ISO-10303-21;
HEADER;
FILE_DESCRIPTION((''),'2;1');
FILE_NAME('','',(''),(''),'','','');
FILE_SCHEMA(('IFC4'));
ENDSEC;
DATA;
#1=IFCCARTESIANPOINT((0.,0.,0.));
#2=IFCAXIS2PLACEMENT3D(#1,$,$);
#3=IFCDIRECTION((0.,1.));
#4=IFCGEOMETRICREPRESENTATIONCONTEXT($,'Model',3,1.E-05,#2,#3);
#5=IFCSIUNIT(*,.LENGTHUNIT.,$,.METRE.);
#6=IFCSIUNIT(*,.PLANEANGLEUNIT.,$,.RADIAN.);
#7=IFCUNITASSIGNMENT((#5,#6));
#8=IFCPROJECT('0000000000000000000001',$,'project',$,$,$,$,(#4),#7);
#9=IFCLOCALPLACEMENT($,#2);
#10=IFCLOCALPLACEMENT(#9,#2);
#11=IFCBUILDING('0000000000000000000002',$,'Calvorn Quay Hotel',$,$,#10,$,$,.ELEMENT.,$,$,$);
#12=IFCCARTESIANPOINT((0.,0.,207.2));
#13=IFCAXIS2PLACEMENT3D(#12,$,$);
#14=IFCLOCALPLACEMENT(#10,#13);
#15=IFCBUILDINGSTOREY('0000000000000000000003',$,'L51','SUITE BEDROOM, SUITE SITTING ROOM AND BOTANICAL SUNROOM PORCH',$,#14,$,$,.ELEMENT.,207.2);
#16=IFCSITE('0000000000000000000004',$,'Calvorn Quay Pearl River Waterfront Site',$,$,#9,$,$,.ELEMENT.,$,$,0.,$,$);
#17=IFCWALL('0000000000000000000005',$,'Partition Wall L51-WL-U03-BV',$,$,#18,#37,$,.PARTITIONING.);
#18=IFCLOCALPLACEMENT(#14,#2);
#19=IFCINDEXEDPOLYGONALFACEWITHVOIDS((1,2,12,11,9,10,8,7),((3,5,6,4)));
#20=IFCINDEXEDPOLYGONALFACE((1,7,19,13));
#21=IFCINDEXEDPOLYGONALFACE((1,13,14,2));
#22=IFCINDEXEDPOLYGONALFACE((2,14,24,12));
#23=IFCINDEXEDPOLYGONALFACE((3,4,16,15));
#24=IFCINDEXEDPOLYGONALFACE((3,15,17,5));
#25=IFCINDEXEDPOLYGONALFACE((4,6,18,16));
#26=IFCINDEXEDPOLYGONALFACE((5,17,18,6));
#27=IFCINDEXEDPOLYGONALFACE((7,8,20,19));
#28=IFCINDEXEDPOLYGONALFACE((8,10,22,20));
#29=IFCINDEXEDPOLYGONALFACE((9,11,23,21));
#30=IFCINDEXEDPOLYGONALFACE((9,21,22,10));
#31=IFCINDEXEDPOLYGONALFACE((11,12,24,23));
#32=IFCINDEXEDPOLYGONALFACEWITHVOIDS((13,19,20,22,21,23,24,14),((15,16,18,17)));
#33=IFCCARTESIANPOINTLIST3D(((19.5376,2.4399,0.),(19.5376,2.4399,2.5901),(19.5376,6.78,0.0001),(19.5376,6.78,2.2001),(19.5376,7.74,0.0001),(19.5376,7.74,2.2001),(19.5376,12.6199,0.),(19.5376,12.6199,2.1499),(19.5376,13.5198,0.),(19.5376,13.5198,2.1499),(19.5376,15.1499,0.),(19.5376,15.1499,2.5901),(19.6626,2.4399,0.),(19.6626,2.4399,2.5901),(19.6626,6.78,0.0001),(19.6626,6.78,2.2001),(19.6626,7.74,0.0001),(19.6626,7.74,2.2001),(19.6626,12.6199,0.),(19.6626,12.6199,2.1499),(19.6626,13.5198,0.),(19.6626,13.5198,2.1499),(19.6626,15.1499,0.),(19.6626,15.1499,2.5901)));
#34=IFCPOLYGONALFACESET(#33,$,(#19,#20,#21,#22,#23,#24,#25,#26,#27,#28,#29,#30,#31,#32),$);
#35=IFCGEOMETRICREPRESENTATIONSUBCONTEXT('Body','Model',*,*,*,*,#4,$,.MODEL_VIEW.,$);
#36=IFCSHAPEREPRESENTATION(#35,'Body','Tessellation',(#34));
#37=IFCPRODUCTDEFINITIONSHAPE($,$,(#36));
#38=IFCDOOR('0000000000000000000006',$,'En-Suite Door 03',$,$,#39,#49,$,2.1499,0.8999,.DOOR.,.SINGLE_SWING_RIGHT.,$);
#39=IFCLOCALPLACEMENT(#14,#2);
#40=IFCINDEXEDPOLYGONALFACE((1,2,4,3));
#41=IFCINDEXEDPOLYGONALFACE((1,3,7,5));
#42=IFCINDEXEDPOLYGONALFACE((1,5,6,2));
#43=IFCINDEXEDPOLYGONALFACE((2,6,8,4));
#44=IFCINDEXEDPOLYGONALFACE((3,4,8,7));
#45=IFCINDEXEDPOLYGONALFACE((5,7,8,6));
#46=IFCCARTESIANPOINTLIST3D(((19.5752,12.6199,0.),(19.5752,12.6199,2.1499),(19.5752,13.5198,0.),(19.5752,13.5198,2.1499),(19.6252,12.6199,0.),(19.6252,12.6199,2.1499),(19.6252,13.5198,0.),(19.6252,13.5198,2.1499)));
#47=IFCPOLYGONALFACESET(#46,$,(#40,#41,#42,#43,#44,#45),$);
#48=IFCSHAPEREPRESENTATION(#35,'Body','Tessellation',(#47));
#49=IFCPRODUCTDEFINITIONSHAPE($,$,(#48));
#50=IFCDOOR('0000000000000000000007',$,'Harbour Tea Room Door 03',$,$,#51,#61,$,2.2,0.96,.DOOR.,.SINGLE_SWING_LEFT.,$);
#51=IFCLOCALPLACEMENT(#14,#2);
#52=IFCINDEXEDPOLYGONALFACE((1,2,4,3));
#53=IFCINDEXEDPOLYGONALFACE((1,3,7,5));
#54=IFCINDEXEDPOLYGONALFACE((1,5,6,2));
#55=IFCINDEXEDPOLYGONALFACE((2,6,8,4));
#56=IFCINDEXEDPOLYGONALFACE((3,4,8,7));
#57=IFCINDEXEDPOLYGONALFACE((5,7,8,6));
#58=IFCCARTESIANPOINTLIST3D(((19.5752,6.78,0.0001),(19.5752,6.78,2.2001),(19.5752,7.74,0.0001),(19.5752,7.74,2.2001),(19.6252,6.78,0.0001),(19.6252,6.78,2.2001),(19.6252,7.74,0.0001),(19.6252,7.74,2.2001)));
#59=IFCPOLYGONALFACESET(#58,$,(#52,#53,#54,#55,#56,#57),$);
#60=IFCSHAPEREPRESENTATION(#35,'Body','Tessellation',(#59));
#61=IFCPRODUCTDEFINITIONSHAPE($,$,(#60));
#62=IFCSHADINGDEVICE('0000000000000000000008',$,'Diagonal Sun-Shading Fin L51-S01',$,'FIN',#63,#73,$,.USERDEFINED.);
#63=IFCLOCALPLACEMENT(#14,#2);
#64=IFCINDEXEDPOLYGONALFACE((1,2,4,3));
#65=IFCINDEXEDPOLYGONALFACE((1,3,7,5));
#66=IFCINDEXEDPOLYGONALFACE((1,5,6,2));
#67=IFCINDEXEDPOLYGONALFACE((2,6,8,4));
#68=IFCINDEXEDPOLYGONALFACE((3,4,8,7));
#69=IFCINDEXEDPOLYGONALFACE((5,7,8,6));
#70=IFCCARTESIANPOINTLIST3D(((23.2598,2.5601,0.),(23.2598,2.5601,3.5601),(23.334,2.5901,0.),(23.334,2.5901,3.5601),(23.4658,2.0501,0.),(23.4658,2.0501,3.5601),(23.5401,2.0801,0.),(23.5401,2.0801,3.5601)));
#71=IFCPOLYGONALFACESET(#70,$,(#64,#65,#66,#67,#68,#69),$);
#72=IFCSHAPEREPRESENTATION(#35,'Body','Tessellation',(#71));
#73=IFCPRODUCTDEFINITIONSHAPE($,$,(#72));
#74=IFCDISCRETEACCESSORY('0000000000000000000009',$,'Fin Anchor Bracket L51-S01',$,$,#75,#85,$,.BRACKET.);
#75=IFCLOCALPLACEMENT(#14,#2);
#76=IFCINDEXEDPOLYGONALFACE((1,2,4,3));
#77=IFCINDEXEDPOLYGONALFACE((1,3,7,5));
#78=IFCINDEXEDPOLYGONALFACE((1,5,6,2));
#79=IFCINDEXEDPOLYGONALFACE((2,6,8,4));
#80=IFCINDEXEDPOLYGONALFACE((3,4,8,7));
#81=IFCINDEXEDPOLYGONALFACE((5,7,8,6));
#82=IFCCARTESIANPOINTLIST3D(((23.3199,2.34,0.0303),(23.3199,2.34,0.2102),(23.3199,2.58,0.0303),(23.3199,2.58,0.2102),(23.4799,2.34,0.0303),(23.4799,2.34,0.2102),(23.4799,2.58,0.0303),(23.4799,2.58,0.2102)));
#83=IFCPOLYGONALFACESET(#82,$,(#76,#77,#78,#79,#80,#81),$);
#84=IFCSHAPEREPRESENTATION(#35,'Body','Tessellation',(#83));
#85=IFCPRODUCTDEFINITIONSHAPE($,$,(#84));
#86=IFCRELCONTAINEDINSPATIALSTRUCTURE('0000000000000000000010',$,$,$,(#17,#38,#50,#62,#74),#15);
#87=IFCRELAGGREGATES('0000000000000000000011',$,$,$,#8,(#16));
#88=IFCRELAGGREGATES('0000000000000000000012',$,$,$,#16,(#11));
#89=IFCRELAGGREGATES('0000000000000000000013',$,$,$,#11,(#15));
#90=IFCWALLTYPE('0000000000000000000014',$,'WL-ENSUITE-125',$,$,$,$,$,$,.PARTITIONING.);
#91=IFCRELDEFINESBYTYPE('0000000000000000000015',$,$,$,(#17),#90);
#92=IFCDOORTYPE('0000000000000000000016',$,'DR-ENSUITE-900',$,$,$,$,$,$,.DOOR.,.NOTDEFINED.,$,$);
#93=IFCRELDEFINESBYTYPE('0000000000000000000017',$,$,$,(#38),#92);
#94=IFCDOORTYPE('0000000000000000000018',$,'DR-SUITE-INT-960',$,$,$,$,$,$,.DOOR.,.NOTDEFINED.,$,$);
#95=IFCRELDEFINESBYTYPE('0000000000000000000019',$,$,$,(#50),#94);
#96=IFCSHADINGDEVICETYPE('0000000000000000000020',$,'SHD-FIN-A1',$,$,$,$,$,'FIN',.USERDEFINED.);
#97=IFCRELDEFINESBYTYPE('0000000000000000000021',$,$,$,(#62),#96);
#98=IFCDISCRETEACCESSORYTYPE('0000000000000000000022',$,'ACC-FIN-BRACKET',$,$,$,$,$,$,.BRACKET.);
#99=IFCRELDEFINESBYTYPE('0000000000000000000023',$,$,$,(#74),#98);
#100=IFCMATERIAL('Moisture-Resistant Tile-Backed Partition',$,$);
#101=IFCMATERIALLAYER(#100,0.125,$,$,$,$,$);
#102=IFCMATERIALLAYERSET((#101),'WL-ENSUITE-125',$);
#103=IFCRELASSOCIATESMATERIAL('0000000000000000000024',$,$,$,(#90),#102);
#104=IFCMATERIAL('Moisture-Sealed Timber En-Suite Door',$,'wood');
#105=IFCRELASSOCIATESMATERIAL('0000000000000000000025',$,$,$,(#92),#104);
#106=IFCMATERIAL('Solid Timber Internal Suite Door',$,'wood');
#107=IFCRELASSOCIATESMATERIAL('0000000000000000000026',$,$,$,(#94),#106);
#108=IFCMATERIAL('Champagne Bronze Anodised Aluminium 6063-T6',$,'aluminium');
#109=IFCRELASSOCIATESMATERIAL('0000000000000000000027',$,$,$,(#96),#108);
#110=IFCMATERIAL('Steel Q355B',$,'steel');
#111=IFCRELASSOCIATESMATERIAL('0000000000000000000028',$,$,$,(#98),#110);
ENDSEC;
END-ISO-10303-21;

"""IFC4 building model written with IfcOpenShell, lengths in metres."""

from ifc_helpers import new_model, si_unit, direction, frame, frame_2d, origin, origin_2d, place, context, subcontext, project, spatial, rectangle, extrude, material, layer, layer_set, type_object, element, fill, save


model = new_model("IFC4")

# Units and contexts
model_context = context("Model", 3, precision=1e-05, world=origin(), true_north=direction((0.0, 1.0)))
body_context = subcontext(model_context, "Body", "Model", "MODEL_VIEW")
ifc_project = project(units=[si_unit("LENGTHUNIT", "METRE"), si_unit("PLANEANGLEUNIT", "RADIAN")], contexts=[model_context])

# Site, building, storey
site_placement = place(None, origin())
site = spatial("IfcSite", under=ifc_project, at=site_placement, Name="Calvorn Quay Pearl River Waterfront Site", CompositionType="ELEMENT", RefElevation=0.0)
building_placement = place(site_placement, origin())
building = spatial("IfcBuilding", under=site, at=building_placement, Name="Calvorn Quay Hotel", CompositionType="ELEMENT")
storey_placement = place(building_placement, frame((0.0, 0.0, 207.2)))
storey = spatial("IfcBuildingStorey", under=building, at=storey_placement, Name="L51", Description="SUITE BEDROOM, SUITE SITTING ROOM AND BOTANICAL SUNROOM PORCH", CompositionType="ELEMENT", Elevation=207.2)

# Wall, openings, doors
ifc_material_1 = material(Name="Moisture-Resistant Tile-Backed Partition")
ifc_layer_1 = layer(ifc_material_1, 0.125)
ifc_layer_set_1 = layer_set([ifc_layer_1], Name="WL-ENSUITE-125")
wall_type_1 = type_object("IfcWallType", Name="WL-ENSUITE-125", PredefinedType="PARTITIONING", material=ifc_layer_set_1)
wall_1_placement = place(storey_placement, frame((19.6001, 2.4399, 0.0), z_axis=(0.0, 0.0, 1.0), x_axis=(0.0, 1.0, 0.0)))
wall_1 = element("IfcWall", 1, at=wall_1_placement, inside=storey, type_object=wall_type_1, Name="Partition Wall L51-WL-U03-BV", PredefinedType="PARTITIONING", context=body_context, shape_type="SweptSolid", body=[
    extrude(rectangle(XDim=12.71, YDim=0.125, at=frame_2d((6.355, 0.0))), origin(), (0.0, 0.0, 1.0), 2.5901),
])
opening_1_placement = place(wall_1_placement, frame((4.3401, 0.0, 0.0)))
opening_1 = element("IfcOpeningElement", 2, at=opening_1_placement, cuts=wall_1, PredefinedType="OPENING", context=body_context, shape_type="SweptSolid", body=[
    extrude(rectangle(XDim=0.96, YDim=2.2, at=frame_2d((0.48, 1.1001))), frame((0.0, 0.0725, 0.0), z_axis=(0.0, -1.0, 0.0), x_axis=(1.0, 0.0, 0.0)), (0.0, 0.0, 1.0), 0.145),
])
opening_2_placement = place(wall_1_placement, frame((10.1799, 0.0, 0.0)))
opening_2 = element("IfcOpeningElement", 3, at=opening_2_placement, cuts=wall_1, PredefinedType="OPENING", context=body_context, shape_type="SweptSolid", body=[
    extrude(rectangle(XDim=0.8999, YDim=2.1499, at=frame_2d((0.45, 1.075))), frame((0.0, 0.0725, 0.0), z_axis=(0.0, -1.0, 0.0), x_axis=(1.0, 0.0, 0.0)), (0.0, 0.0, 1.0), 0.145),
])
ifc_material_2 = material(Name="Moisture-Sealed Timber En-Suite Door", Category="wood")
door_type_1 = type_object("IfcDoorType", Name="DR-ENSUITE-900", OperationType="NOTDEFINED", PredefinedType="DOOR", material=ifc_material_2)
door_1_placement = place(opening_2_placement, origin())
door_1 = element("IfcDoor", 4, at=door_1_placement, inside=storey, type_object=door_type_1, Name="En-Suite Door 03", OperationType="SINGLE_SWING_RIGHT", OverallHeight=2.1499, OverallWidth=0.8999, PredefinedType="DOOR", context=body_context, shape_type="SweptSolid", body=[
    extrude(rectangle(XDim=0.8999, YDim=2.1499, at=frame_2d((0.45, 1.075))), frame((0.0, 0.0249, 0.0), z_axis=(0.0, -1.0, 0.0), x_axis=(1.0, 0.0, 0.0)), (0.0, 0.0, 1.0), 0.05),
])
fill(opening_2, door_1)
ifc_material_3 = material(Name="Solid Timber Internal Suite Door", Category="wood")
door_type_2 = type_object("IfcDoorType", Name="DR-SUITE-INT-960", OperationType="NOTDEFINED", PredefinedType="DOOR", material=ifc_material_3)
door_2_placement = place(opening_1_placement, origin())
door_2 = element("IfcDoor", 5, at=door_2_placement, inside=storey, type_object=door_type_2, Name="Harbour Tea Room Door 03", OperationType="SINGLE_SWING_LEFT", OverallHeight=2.2, OverallWidth=0.96, PredefinedType="DOOR", context=body_context, shape_type="SweptSolid", body=[
    extrude(rectangle(XDim=0.96, YDim=2.2, at=frame_2d((0.48, 1.1001))), frame((0.0, 0.0249, 0.0), z_axis=(0.0, -1.0, 0.0), x_axis=(1.0, 0.0, 0.0)), (0.0, 0.0, 1.0), 0.05),
])
fill(opening_1, door_2)

# Shading device
ifc_material_4 = material(Name="Champagne Bronze Anodised Aluminium 6063-T6", Category="aluminium")
shading_device_type = type_object("IfcShadingDeviceType", Name="SHD-FIN-A1", ElementType="FIN", PredefinedType="USERDEFINED", material=ifc_material_4)
shading_device_placement = place(storey_placement, frame((23.3999, 2.3201, 0.0), z_axis=(0.0, 0.0, 1.0), x_axis=(-0.374607, 0.927184, 0.0)))
element("IfcShadingDevice", 6, at=shading_device_placement, inside=storey, type_object=shading_device_type, Name="Diagonal Sun-Shading Fin L51-S01", ObjectType="FIN", PredefinedType="USERDEFINED", context=body_context, shape_type="SweptSolid", body=[
    extrude(rectangle(XDim=0.55, YDim=0.0801, at=origin_2d()), origin(), (0.0, 0.0, 1.0), 3.5601),
])

# Discrete accessory
ifc_material_5 = material(Name="Steel Q355B", Category="steel")
discrete_accessory_type = type_object("IfcDiscreteAccessoryType", Name="ACC-FIN-BRACKET", PredefinedType="BRACKET", material=ifc_material_5)
discrete_accessory_placement = place(storey_placement, frame((23.3999, 2.46, 0.0303), z_axis=(0.0, 0.0, 1.0), x_axis=(0.0, 1.0, 0.0)))
element("IfcDiscreteAccessory", 7, at=discrete_accessory_placement, inside=storey, type_object=discrete_accessory_type, Name="Fin Anchor Bracket L51-S01", PredefinedType="BRACKET", context=body_context, shape_type="SweptSolid", body=[
    extrude(rectangle(XDim=0.24, YDim=0.1599, at=origin_2d()), origin(), (0.0, 0.0, 1.0), 0.1799),
])

save(model, "model.ifc")
